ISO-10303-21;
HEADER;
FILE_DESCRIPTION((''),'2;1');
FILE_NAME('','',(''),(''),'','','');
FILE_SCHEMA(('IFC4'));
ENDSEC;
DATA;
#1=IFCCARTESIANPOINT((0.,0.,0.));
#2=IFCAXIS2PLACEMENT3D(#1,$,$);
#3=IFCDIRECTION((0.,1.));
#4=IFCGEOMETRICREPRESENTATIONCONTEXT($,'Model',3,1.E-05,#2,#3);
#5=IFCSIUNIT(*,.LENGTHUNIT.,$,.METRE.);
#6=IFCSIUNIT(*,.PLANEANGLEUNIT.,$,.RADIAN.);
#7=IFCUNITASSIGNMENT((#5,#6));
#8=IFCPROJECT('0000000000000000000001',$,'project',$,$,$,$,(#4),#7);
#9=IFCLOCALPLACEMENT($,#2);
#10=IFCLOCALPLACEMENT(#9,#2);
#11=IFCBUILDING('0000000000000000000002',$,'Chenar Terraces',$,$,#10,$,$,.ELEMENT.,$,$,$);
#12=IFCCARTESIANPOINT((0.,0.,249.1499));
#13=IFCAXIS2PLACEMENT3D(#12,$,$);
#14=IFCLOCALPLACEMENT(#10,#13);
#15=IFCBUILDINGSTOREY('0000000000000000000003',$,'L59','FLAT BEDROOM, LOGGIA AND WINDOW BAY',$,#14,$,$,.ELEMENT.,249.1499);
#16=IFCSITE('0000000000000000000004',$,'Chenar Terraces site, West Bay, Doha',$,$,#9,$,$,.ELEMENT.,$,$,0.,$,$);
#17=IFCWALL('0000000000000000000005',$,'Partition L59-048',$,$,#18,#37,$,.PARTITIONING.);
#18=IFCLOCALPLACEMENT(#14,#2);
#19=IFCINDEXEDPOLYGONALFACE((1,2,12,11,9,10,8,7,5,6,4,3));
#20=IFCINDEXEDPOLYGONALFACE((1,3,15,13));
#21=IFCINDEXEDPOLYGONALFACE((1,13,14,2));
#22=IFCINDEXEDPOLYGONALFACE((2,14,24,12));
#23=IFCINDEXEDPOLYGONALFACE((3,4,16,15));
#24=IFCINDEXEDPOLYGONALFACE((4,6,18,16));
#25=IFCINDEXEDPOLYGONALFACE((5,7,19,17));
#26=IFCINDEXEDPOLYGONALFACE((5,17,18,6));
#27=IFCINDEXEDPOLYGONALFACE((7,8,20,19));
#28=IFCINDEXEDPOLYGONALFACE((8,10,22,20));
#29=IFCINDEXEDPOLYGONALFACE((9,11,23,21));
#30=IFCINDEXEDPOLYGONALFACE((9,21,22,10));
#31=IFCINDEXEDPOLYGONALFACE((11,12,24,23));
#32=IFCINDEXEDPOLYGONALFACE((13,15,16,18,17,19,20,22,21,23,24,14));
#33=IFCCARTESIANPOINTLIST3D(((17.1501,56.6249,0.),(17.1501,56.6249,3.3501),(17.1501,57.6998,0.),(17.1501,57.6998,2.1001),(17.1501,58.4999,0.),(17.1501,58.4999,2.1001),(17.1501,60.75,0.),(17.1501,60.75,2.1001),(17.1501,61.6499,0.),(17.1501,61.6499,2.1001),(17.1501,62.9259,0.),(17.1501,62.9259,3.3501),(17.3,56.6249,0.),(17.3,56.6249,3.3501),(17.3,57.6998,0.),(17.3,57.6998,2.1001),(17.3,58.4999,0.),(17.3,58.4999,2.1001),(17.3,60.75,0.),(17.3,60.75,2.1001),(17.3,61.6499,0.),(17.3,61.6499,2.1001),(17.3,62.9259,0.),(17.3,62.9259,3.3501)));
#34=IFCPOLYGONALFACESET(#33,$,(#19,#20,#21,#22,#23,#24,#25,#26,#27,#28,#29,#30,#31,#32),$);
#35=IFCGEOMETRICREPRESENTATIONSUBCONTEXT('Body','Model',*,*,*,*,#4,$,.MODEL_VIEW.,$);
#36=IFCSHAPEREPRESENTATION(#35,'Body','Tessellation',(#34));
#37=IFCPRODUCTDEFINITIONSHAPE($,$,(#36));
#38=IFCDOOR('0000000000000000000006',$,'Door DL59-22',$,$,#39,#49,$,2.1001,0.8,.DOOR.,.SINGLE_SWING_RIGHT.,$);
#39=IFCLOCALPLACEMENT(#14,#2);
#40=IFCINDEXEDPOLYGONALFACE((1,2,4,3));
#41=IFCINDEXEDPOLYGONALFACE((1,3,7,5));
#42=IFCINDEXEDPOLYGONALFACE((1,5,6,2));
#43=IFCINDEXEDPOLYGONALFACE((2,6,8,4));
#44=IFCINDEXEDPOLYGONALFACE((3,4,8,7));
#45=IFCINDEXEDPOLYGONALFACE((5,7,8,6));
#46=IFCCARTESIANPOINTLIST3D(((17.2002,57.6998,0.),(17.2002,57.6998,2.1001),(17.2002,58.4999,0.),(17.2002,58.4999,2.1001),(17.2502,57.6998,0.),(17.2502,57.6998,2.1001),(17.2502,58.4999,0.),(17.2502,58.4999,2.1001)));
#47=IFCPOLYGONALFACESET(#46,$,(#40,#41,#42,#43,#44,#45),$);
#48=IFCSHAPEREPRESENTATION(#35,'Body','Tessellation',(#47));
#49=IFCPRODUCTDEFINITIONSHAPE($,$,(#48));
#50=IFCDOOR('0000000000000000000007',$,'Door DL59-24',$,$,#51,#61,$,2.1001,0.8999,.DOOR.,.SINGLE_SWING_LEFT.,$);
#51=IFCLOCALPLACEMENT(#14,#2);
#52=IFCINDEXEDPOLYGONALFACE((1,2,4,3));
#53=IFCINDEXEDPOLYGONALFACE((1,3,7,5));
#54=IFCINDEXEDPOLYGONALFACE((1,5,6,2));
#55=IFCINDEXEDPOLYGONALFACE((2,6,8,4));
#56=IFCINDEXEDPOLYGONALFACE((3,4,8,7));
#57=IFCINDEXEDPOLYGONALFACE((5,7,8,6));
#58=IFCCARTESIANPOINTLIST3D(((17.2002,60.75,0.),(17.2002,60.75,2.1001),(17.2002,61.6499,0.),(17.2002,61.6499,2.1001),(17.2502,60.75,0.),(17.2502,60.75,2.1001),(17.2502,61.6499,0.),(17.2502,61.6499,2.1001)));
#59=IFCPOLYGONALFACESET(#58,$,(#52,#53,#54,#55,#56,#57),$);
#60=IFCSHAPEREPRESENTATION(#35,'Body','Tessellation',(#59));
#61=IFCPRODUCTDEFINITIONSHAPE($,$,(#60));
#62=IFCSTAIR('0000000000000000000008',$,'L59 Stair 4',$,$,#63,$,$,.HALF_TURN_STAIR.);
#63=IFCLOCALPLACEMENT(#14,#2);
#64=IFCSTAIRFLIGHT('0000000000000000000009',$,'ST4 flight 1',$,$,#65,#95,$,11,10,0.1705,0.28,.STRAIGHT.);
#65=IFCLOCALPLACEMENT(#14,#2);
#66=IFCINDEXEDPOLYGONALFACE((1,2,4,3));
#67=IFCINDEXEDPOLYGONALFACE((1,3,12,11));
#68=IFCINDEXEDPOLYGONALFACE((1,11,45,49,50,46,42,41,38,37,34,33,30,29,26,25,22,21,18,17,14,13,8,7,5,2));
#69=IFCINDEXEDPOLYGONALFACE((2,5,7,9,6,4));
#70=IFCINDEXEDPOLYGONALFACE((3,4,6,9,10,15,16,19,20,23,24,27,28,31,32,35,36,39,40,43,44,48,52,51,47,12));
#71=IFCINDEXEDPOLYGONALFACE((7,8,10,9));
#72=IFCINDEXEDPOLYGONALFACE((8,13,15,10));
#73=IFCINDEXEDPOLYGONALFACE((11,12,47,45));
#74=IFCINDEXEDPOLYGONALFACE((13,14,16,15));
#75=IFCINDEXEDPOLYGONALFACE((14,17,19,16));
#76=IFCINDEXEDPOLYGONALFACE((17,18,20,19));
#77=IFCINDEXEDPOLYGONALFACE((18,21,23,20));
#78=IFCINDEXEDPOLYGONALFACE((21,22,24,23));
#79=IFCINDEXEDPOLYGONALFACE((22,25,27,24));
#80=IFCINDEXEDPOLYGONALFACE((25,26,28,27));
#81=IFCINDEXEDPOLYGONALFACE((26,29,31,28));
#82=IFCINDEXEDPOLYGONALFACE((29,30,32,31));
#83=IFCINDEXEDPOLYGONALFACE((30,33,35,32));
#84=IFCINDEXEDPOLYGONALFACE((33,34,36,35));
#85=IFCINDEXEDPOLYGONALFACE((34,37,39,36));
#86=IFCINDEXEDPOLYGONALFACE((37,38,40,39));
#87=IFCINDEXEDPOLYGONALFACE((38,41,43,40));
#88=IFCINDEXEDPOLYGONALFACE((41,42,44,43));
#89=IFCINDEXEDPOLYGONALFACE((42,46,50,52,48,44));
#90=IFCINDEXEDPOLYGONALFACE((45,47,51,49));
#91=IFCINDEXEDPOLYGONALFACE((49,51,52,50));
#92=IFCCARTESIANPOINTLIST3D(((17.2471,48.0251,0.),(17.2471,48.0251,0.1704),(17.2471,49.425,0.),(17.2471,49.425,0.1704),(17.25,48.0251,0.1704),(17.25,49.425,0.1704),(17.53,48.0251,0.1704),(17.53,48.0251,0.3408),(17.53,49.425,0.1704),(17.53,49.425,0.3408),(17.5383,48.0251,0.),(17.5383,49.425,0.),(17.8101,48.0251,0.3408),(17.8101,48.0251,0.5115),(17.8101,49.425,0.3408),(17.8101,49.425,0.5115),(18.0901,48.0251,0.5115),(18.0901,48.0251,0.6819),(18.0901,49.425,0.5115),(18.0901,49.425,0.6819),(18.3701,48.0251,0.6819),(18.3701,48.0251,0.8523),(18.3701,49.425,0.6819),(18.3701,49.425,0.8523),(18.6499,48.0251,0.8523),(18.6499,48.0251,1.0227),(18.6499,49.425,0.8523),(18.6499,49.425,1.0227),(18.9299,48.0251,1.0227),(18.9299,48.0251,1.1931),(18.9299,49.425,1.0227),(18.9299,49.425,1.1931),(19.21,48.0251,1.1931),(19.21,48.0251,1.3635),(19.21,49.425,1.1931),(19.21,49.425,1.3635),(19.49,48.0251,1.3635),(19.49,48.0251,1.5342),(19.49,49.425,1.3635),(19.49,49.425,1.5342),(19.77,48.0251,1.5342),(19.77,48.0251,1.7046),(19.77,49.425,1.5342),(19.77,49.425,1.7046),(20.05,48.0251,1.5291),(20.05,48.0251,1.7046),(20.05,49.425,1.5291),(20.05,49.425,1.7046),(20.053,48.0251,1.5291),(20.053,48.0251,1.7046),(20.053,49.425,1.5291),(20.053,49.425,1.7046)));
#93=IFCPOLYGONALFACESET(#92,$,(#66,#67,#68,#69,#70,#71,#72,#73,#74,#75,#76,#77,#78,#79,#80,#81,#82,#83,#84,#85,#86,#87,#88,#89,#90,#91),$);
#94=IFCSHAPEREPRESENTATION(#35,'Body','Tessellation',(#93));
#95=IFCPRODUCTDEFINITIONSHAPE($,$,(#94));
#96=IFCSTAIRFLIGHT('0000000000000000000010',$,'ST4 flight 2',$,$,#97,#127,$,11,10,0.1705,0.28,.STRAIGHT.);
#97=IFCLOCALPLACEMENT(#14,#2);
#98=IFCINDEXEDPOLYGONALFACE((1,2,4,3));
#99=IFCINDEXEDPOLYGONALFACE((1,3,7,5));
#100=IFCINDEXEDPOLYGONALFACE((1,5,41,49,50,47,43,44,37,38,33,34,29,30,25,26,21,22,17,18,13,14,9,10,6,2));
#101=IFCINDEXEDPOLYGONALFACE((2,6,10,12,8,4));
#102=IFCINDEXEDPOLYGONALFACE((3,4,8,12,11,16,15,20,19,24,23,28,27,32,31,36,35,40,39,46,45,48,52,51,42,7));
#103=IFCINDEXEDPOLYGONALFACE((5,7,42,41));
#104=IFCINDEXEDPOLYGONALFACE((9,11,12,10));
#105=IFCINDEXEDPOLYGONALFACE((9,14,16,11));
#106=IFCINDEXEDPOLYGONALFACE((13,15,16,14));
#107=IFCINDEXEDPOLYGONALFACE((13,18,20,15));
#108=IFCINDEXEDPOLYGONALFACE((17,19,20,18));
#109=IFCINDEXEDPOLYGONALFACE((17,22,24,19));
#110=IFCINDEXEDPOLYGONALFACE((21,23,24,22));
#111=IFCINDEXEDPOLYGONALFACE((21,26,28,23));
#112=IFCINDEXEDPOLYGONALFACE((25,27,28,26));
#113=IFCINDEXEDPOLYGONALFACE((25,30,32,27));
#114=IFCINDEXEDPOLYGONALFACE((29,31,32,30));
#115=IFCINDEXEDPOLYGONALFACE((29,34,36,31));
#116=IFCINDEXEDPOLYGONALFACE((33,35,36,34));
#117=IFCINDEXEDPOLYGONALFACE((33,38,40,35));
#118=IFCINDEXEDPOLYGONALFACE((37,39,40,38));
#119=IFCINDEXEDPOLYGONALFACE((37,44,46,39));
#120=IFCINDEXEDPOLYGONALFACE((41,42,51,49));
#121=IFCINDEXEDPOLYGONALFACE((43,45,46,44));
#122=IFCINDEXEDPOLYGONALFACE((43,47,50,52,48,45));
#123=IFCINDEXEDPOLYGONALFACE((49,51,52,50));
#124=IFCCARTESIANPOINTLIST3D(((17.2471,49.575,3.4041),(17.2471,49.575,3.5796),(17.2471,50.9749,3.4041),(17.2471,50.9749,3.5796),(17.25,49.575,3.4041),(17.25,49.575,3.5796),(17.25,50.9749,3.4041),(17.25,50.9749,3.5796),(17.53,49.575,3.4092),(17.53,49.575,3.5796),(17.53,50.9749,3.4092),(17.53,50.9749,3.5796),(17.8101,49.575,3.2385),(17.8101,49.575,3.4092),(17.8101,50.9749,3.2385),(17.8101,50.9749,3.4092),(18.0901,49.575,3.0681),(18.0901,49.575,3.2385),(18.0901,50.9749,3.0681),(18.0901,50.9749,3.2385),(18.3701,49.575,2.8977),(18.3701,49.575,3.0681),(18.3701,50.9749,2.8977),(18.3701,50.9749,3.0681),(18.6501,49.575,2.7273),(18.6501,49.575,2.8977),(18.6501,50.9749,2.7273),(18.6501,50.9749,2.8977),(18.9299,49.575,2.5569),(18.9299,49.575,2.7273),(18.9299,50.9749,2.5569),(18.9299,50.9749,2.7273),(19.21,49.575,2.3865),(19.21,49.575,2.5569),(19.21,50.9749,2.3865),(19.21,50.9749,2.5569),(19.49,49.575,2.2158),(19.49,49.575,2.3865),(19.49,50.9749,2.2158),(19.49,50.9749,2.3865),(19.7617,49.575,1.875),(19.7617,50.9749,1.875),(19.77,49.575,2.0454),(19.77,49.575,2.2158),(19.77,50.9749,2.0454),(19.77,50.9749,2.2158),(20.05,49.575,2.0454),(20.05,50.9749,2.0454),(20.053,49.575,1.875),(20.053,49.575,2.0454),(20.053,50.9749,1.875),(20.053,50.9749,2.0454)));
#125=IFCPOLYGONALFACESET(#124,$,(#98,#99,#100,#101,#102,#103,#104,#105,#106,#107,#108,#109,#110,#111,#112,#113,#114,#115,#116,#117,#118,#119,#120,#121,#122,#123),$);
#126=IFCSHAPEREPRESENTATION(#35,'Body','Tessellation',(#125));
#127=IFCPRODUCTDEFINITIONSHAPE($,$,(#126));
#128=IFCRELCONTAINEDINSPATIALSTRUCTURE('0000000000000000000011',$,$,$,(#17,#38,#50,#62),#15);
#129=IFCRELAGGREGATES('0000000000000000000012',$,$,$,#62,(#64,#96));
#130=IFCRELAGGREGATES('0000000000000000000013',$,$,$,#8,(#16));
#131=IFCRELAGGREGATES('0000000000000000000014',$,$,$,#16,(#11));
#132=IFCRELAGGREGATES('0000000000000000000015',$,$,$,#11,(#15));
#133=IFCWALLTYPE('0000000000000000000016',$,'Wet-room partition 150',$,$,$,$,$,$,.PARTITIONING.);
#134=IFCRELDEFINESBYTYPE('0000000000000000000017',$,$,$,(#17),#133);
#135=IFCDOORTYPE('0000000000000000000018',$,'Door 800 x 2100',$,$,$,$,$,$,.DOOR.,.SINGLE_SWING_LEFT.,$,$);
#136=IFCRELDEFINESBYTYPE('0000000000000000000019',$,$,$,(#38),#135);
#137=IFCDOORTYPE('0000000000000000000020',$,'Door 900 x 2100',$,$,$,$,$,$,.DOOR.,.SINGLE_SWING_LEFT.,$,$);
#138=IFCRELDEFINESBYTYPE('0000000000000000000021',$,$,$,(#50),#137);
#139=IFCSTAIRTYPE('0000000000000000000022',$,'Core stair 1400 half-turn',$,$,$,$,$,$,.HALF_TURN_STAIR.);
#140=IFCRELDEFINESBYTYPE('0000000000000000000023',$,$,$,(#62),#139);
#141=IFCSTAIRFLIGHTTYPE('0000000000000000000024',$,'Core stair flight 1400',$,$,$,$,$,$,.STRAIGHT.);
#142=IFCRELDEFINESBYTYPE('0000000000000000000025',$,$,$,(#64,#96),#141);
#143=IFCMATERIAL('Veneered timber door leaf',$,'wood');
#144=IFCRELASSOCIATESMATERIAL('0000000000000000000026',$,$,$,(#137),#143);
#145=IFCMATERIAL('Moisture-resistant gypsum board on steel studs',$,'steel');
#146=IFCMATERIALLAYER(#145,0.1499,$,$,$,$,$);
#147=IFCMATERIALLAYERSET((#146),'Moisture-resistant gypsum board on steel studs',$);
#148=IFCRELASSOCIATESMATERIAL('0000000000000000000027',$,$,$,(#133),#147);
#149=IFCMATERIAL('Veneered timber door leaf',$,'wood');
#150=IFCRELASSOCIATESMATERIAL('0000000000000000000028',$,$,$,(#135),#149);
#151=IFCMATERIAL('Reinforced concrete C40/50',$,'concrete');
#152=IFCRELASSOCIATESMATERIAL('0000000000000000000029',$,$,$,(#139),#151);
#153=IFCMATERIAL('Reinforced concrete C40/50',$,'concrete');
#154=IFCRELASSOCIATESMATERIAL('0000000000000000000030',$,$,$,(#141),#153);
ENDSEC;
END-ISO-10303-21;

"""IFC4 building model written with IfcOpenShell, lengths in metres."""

from ifc_helpers import new_model, si_unit, direction, frame, frame_2d, origin, place, context, subcontext, project, spatial, polyline, rectangle, outline, extrude, material, layer, layer_set, type_object, element, fill, aggregate, save


model = new_model("IFC4")

# Units and contexts
model_context = context("Model", 3, precision=1e-05, world=origin(), true_north=direction((0.0, 1.0)))
body_context = subcontext(model_context, "Body", "Model", "MODEL_VIEW")
ifc_project = project(units=[si_unit("LENGTHUNIT", "METRE"), si_unit("PLANEANGLEUNIT", "RADIAN")], contexts=[model_context])

# Site, building, storey
site_placement = place(None, origin())
site = spatial("IfcSite", under=ifc_project, at=site_placement, Name="Chenar Terraces site, West Bay, Doha", CompositionType="ELEMENT", RefElevation=0.0)
building_placement = place(site_placement, origin())
building = spatial("IfcBuilding", under=site, at=building_placement, Name="Chenar Terraces", CompositionType="ELEMENT")
storey_placement = place(building_placement, frame((0.0, 0.0, 249.1499)))
storey = spatial("IfcBuildingStorey", under=building, at=storey_placement, Name="L59", Description="FLAT BEDROOM, LOGGIA AND WINDOW BAY", CompositionType="ELEMENT", Elevation=249.1499)

# Shared definitions
ifc_material_1 = material(Name="Veneered timber door leaf", Category="wood")
door_type_1 = type_object("IfcDoorType", Name="Door 900 x 2100", OperationType="SINGLE_SWING_LEFT", PredefinedType="DOOR", material=ifc_material_1)

# Shared definitions
ifc_material_2 = material(Name="Moisture-resistant gypsum board on steel studs", Category="steel")
ifc_layer_1 = layer(ifc_material_2, 0.1499)
ifc_layer_set_1 = layer_set([ifc_layer_1], Name="Moisture-resistant gypsum board on steel studs")
wall_type_1 = type_object("IfcWallType", Name="Wet-room partition 150", PredefinedType="PARTITIONING", material=ifc_layer_set_1)

# Wall, openings, doors
wall_1_placement = place(storey_placement, frame((17.2251, 56.625, 0.0), z_axis=(0.0, 0.0, 1.0), x_axis=(0.0, 1.0, 0.0)))
wall_1 = element("IfcWall", 1, at=wall_1_placement, inside=storey, type_object=wall_type_1, Name="Partition L59-048", PredefinedType="PARTITIONING", context=body_context, shape_type="SweptSolid", body=[
    extrude(rectangle(XDim=6.301, YDim=0.1499, at=frame_2d((3.1504, 0.0))), origin(), (0.0, 0.0, 1.0), 3.3501),
])
opening_1_placement = place(wall_1_placement, frame((1.075, 0.0, 0.0)))
opening_1 = element("IfcOpeningElement", 2, at=opening_1_placement, cuts=wall_1, PredefinedType="OPENING", context=body_context, shape_type="SweptSolid", body=[
    extrude(rectangle(XDim=0.8, YDim=2.1001, at=frame_2d((0.3999, 1.05))), frame((0.0, 0.085, 0.0), z_axis=(0.0, -1.0, 0.0), x_axis=(1.0, 0.0, 0.0)), (0.0, 0.0, 1.0), 0.1699),
])
opening_2_placement = place(wall_1_placement, frame((4.125, 0.0, 0.0)))
opening_2 = element("IfcOpeningElement", 3, at=opening_2_placement, cuts=wall_1, PredefinedType="OPENING", context=body_context, shape_type="SweptSolid", body=[
    extrude(rectangle(XDim=0.8999, YDim=2.1001, at=frame_2d((0.45, 1.05))), frame((0.0, 0.085, 0.0), z_axis=(0.0, -1.0, 0.0), x_axis=(1.0, 0.0, 0.0)), (0.0, 0.0, 1.0), 0.1699),
])
ifc_material_3 = material(Name="Veneered timber door leaf", Category="wood")
door_type_2 = type_object("IfcDoorType", Name="Door 800 x 2100", OperationType="SINGLE_SWING_LEFT", PredefinedType="DOOR", material=ifc_material_3)
door_1_placement = place(opening_1_placement, origin())
door_1 = element("IfcDoor", 4, at=door_1_placement, inside=storey, type_object=door_type_2, Name="Door DL59-22", OperationType="SINGLE_SWING_RIGHT", OverallHeight=2.1001, OverallWidth=0.8, PredefinedType="DOOR", context=body_context, shape_type="SweptSolid", body=[
    extrude(rectangle(XDim=0.8, YDim=2.1001, at=frame_2d((0.3999, 1.05))), frame((0.0, 0.0249, 0.0), z_axis=(0.0, -1.0, 0.0), x_axis=(1.0, 0.0, 0.0)), (0.0, 0.0, 1.0), 0.05),
])
fill(opening_1, door_1)
door_2_placement = place(opening_2_placement, origin())
door_2 = element("IfcDoor", 5, at=door_2_placement, inside=storey, type_object=door_type_1, Name="Door DL59-24", OperationType="SINGLE_SWING_LEFT", OverallHeight=2.1001, OverallWidth=0.8999, PredefinedType="DOOR", context=body_context, shape_type="SweptSolid", body=[
    extrude(rectangle(XDim=0.8999, YDim=2.1001, at=frame_2d((0.45, 1.05))), frame((0.0, 0.0249, 0.0), z_axis=(0.0, -1.0, 0.0), x_axis=(1.0, 0.0, 0.0)), (0.0, 0.0, 1.0), 0.05),
])
fill(opening_2, door_2)

# Stair, stair flights
ifc_material_4 = material(Name="Reinforced concrete C40/50", Category="concrete")
stair_type = type_object("IfcStairType", Name="Core stair 1400 half-turn", PredefinedType="HALF_TURN_STAIR", material=ifc_material_4)
stair_placement = place(storey_placement, origin())
stair = element("IfcStair", 6, at=stair_placement, inside=storey, type_object=stair_type, Name="L59 Stair 4", PredefinedType="HALF_TURN_STAIR")
ifc_material_5 = material(Name="Reinforced concrete C40/50", Category="concrete")
stair_flight_type = type_object("IfcStairFlightType", Name="Core stair flight 1400", PredefinedType="STRAIGHT", material=ifc_material_5)
stair_flight_1_placement = place(storey_placement, frame((17.25, 48.7251, 0.0), z_axis=(0.0, 0.0, 1.0), x_axis=(1.0, 0.0, 0.0)))
stair_flight_1 = element("IfcStairFlight", 7, at=stair_flight_1_placement, type_object=stair_flight_type, Name="ST4 flight 1", NumberOfRisers=11, NumberOfTreads=10, PredefinedType="STRAIGHT", RiserHeight=0.1705, TreadLength=0.28, context=body_context, shape_type="SweptSolid", body=[
    extrude(outline(polyline([(-0.0029, 0.0), (-0.0029, 0.1704), (0.0, 0.1704), (0.28, 0.1704), (0.28, 0.3408), (0.5601, 0.3408), (0.5601, 0.5115), (0.8401, 0.5115), (0.8401, 0.6819), (1.1201, 0.6819), (1.1201, 0.8523), (1.3999, 0.8523), (1.3999, 1.0227), (1.6799, 1.0227), (1.6799, 1.1931), (1.96, 1.1931), (1.96, 1.3635), (2.24, 1.3635), (2.24, 1.5342), (2.52, 1.5342), (2.52, 1.7046), (2.8, 1.7046), (2.803, 1.7046), (2.803, 1.5291), (2.8, 1.5291), (0.2883, 0.0), (-0.0029, 0.0)])), frame((0.0, 0.7, 0.0), z_axis=(0.0, -1.0, 0.0), x_axis=(1.0, 0.0, 0.0)), (0.0, 0.0, 1.0), 1.3999),
])
stair_flight_2_placement = place(storey_placement, frame((20.05, 50.2749, 1.875), z_axis=(0.0, 0.0, 1.0), x_axis=(-1.0, 0.0, 0.0)))
stair_flight_2 = element("IfcStairFlight", 8, at=stair_flight_2_placement, type_object=stair_flight_type, Name="ST4 flight 2", NumberOfRisers=11, NumberOfTreads=10, PredefinedType="STRAIGHT", RiserHeight=0.1705, TreadLength=0.28, context=body_context, shape_type="SweptSolid", body=[
    extrude(outline(polyline([(-0.0029, 0.0), (-0.0029, 0.1704), (0.0, 0.1704), (0.28, 0.1704), (0.28, 0.3408), (0.5601, 0.3408), (0.5601, 0.5115), (0.8401, 0.5115), (0.8401, 0.6819), (1.1201, 0.6819), (1.1201, 0.8523), (1.3999, 0.8523), (1.3999, 1.0227), (1.6799, 1.0227), (1.6799, 1.1931), (1.96, 1.1931), (1.96, 1.3635), (2.24, 1.3635), (2.24, 1.5342), (2.52, 1.5342), (2.52, 1.7046), (2.8, 1.7046), (2.803, 1.7046), (2.803, 1.5291), (2.8, 1.5291), (0.2883, 0.0), (-0.0029, 0.0)])), frame((0.0, 0.7, 0.0), z_axis=(0.0, -1.0, 0.0), x_axis=(1.0, 0.0, 0.0)), (0.0, 0.0, 1.0), 1.3999),
])
aggregate(stair, [stair_flight_1, stair_flight_2])

save(model, "model.ifc")
